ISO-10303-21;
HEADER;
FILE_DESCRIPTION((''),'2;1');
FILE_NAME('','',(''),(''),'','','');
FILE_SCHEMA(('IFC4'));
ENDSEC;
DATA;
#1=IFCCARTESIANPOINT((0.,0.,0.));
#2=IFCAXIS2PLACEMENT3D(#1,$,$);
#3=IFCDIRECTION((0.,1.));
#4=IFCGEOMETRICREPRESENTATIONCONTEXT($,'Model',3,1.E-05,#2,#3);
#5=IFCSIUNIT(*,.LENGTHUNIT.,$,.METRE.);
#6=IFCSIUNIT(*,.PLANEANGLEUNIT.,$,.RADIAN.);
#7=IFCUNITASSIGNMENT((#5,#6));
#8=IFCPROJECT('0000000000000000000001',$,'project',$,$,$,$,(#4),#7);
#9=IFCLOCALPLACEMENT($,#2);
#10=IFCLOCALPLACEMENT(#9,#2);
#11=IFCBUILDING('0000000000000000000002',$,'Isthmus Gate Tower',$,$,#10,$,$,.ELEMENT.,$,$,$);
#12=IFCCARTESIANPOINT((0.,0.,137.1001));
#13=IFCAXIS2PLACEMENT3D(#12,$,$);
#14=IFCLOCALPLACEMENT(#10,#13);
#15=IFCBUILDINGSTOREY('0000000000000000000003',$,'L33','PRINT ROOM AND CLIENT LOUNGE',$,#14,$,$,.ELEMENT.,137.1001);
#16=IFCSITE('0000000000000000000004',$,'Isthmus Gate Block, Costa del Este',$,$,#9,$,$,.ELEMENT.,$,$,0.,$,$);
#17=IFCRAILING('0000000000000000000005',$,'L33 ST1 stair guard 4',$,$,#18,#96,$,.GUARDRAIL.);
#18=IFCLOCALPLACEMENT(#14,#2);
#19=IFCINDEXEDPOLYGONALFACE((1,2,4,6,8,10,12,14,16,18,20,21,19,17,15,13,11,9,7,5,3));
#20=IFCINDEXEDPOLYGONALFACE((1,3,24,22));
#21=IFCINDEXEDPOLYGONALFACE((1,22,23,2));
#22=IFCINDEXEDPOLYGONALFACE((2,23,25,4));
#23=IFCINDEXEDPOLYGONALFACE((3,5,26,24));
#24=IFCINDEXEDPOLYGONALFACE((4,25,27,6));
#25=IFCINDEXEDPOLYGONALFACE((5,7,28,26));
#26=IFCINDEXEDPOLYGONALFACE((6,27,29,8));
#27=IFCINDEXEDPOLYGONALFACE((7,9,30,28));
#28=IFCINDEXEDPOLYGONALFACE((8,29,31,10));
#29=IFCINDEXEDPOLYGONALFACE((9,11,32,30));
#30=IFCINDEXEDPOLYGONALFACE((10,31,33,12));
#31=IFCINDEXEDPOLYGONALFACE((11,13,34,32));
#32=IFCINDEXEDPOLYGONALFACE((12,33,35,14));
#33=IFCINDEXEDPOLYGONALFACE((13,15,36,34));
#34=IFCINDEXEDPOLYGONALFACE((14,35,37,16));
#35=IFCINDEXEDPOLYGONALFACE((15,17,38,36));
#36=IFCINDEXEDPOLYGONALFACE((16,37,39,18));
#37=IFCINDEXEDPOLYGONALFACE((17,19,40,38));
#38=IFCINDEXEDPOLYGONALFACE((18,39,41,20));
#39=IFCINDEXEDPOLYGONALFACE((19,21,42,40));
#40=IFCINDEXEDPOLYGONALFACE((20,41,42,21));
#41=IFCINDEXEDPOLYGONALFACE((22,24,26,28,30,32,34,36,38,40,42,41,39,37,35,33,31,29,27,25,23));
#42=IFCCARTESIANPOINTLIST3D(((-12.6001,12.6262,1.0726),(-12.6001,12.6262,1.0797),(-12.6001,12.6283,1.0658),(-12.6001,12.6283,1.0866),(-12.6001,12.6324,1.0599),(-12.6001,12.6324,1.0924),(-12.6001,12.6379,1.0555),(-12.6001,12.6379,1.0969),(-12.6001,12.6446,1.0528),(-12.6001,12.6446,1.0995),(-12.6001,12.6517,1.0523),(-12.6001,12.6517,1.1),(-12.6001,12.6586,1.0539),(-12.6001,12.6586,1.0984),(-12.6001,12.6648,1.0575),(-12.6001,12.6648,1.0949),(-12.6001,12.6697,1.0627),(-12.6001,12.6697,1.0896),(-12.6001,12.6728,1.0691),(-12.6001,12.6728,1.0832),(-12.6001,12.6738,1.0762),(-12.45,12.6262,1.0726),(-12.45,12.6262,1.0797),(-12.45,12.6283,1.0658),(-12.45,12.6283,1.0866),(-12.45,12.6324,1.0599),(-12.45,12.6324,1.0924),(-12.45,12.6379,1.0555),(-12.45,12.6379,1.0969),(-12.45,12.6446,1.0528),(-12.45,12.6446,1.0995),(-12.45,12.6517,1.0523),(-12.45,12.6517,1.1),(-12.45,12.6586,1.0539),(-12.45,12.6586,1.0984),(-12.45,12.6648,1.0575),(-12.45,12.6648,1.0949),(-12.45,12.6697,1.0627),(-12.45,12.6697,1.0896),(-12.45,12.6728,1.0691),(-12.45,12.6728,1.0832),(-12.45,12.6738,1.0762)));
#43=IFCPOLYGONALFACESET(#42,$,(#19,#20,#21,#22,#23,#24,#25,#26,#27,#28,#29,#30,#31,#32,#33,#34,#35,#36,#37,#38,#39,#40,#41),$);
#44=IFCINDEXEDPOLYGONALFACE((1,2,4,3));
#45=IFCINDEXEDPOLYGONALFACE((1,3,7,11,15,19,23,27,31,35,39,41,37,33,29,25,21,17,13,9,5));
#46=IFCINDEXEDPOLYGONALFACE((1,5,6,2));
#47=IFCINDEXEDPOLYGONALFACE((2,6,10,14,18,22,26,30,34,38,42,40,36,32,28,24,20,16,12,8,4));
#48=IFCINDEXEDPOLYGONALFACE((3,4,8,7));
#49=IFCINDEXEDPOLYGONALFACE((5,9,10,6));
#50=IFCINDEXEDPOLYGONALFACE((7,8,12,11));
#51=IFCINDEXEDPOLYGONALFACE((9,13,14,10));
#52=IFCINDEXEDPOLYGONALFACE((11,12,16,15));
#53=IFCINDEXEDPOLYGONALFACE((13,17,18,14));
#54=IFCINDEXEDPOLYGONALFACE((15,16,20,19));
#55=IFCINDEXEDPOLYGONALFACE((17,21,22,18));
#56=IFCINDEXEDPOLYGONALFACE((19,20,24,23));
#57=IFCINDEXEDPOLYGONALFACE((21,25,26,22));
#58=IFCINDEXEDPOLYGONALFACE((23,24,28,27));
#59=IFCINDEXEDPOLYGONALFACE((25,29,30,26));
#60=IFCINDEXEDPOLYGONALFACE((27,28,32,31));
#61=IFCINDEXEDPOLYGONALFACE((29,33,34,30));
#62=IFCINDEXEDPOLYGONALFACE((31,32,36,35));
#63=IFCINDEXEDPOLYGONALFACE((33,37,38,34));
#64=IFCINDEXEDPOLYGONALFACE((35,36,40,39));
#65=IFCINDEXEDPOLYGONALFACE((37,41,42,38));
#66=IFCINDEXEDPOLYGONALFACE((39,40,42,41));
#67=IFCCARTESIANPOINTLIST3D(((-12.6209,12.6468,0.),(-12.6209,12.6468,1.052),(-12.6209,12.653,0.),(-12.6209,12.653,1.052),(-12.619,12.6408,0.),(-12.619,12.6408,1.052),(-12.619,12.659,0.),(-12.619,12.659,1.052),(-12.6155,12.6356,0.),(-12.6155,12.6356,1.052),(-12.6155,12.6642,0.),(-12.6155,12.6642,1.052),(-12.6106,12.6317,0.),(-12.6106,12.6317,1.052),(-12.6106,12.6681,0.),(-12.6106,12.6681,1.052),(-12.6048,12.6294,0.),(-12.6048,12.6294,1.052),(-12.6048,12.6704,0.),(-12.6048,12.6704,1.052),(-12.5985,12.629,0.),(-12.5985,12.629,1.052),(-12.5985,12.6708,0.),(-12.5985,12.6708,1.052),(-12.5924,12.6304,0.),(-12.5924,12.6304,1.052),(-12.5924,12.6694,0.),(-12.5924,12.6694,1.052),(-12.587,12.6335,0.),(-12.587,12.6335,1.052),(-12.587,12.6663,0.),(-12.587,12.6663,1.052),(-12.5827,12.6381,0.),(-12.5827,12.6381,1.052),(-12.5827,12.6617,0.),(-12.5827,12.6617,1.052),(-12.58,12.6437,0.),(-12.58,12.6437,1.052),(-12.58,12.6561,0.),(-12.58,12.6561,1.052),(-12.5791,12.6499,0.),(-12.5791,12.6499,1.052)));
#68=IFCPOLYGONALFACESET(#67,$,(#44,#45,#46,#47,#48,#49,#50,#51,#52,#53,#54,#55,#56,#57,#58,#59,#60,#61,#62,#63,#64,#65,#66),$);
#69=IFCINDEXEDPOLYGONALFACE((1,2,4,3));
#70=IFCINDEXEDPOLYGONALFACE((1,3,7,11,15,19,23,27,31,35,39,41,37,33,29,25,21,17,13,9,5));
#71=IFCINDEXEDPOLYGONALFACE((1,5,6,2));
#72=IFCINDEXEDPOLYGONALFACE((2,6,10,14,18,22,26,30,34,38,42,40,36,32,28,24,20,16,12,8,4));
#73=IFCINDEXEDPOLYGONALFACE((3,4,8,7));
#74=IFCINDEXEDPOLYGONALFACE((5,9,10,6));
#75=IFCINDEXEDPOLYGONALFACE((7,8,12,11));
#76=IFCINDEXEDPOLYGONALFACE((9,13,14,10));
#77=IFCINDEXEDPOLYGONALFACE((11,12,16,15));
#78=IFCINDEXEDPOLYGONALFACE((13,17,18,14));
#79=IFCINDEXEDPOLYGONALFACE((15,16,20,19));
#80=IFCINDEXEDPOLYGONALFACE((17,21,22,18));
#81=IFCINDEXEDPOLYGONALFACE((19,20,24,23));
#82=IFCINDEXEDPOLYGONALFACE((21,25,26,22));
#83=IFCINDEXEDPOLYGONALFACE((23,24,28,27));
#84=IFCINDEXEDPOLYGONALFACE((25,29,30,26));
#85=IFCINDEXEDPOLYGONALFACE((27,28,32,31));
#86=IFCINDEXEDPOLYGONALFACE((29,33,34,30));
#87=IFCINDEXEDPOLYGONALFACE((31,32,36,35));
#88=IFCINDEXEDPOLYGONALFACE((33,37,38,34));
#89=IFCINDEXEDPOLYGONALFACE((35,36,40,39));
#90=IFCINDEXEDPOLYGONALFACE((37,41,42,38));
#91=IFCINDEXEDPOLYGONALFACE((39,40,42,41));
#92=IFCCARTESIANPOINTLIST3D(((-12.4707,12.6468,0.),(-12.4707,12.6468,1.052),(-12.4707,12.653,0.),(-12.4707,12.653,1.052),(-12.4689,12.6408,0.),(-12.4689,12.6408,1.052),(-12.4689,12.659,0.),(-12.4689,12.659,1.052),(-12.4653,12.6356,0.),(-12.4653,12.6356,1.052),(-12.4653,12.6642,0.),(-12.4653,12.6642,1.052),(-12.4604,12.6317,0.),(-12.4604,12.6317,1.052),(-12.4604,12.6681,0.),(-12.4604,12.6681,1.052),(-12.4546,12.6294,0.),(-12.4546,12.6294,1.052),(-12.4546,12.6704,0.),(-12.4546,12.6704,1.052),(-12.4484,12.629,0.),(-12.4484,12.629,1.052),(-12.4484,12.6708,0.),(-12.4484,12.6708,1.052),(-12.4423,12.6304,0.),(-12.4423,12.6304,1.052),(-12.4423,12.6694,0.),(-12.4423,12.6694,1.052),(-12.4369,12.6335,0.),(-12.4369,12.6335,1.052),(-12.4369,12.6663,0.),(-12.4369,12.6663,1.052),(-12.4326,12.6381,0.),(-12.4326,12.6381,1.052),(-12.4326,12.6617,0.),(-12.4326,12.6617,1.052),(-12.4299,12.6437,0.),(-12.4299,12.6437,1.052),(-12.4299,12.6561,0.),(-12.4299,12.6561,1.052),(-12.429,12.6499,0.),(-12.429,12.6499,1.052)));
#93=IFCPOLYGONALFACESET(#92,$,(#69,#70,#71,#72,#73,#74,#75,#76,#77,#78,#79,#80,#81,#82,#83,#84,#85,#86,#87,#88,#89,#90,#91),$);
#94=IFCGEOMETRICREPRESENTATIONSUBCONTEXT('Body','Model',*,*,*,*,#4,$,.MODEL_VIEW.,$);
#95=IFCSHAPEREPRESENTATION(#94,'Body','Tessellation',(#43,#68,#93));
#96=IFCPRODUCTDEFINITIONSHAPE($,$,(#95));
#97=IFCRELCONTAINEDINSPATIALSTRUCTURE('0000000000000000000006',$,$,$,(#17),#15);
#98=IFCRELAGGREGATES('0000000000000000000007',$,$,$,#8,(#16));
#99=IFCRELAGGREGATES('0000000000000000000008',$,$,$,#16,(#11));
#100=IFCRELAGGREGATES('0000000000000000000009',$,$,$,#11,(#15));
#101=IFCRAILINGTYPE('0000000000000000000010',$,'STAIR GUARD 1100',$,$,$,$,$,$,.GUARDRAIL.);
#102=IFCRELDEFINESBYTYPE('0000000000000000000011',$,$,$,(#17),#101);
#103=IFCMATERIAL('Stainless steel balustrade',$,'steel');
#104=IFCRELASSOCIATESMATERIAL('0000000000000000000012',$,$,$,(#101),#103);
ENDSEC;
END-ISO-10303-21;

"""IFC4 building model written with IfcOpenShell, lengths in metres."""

from ifc_helpers import new_model, si_unit, direction, frame, origin, origin_2d, place, context, subcontext, project, spatial, circle, extrude, material, type_object, element, save


model = new_model("IFC4")

# Units and contexts
model_context = context("Model", 3, precision=1e-05, world=origin(), true_north=direction((0.0, 1.0)))
body_context = subcontext(model_context, "Body", "Model", "MODEL_VIEW")
ifc_project = project(units=[si_unit("LENGTHUNIT", "METRE"), si_unit("PLANEANGLEUNIT", "RADIAN")], contexts=[model_context])

# Site, building, storey
site_placement = place(None, origin())
site = spatial("IfcSite", under=ifc_project, at=site_placement, Name="Isthmus Gate Block, Costa del Este", CompositionType="ELEMENT", RefElevation=0.0)
building_placement = place(site_placement, origin())
building = spatial("IfcBuilding", under=site, at=building_placement, Name="Isthmus Gate Tower", CompositionType="ELEMENT")
storey_placement = place(building_placement, frame((0.0, 0.0, 137.1001)))
storey = spatial("IfcBuildingStorey", under=building, at=storey_placement, Name="L33", Description="PRINT ROOM AND CLIENT LOUNGE", CompositionType="ELEMENT", Elevation=137.1001)

# Railing
ifc_material_1 = material(Name="Stainless steel balustrade", Category="steel")
railing_type_1 = type_object("IfcRailingType", Name="STAIR GUARD 1100", PredefinedType="GUARDRAIL", material=ifc_material_1)
railing_1_placement = place(storey_placement, frame((-12.6001, 12.6499, 0.0)))
element("IfcRailing", 1, at=railing_1_placement, inside=storey, type_object=railing_type_1, Name="L33 ST1 stair guard 4", PredefinedType="GUARDRAIL", context=body_context, shape_type="SweptSolid", body=[
    extrude(circle(Radius=0.0239, at=origin_2d()), frame((0.0, 0.0, 1.0762), z_axis=(1.0, 0.0, 0.0), x_axis=(0.0, 1.0, 0.0)), (0.0, 0.0, 1.0), 0.1501),
    extrude(circle(Radius=0.021, at=origin_2d()), origin(), (0.0, 0.0, 1.0), 1.052),
    extrude(circle(Radius=0.021, at=origin_2d()), frame((0.1501, 0.0, 0.0)), (0.0, 0.0, 1.0), 1.052),
])

save(model, "model.ifc")
